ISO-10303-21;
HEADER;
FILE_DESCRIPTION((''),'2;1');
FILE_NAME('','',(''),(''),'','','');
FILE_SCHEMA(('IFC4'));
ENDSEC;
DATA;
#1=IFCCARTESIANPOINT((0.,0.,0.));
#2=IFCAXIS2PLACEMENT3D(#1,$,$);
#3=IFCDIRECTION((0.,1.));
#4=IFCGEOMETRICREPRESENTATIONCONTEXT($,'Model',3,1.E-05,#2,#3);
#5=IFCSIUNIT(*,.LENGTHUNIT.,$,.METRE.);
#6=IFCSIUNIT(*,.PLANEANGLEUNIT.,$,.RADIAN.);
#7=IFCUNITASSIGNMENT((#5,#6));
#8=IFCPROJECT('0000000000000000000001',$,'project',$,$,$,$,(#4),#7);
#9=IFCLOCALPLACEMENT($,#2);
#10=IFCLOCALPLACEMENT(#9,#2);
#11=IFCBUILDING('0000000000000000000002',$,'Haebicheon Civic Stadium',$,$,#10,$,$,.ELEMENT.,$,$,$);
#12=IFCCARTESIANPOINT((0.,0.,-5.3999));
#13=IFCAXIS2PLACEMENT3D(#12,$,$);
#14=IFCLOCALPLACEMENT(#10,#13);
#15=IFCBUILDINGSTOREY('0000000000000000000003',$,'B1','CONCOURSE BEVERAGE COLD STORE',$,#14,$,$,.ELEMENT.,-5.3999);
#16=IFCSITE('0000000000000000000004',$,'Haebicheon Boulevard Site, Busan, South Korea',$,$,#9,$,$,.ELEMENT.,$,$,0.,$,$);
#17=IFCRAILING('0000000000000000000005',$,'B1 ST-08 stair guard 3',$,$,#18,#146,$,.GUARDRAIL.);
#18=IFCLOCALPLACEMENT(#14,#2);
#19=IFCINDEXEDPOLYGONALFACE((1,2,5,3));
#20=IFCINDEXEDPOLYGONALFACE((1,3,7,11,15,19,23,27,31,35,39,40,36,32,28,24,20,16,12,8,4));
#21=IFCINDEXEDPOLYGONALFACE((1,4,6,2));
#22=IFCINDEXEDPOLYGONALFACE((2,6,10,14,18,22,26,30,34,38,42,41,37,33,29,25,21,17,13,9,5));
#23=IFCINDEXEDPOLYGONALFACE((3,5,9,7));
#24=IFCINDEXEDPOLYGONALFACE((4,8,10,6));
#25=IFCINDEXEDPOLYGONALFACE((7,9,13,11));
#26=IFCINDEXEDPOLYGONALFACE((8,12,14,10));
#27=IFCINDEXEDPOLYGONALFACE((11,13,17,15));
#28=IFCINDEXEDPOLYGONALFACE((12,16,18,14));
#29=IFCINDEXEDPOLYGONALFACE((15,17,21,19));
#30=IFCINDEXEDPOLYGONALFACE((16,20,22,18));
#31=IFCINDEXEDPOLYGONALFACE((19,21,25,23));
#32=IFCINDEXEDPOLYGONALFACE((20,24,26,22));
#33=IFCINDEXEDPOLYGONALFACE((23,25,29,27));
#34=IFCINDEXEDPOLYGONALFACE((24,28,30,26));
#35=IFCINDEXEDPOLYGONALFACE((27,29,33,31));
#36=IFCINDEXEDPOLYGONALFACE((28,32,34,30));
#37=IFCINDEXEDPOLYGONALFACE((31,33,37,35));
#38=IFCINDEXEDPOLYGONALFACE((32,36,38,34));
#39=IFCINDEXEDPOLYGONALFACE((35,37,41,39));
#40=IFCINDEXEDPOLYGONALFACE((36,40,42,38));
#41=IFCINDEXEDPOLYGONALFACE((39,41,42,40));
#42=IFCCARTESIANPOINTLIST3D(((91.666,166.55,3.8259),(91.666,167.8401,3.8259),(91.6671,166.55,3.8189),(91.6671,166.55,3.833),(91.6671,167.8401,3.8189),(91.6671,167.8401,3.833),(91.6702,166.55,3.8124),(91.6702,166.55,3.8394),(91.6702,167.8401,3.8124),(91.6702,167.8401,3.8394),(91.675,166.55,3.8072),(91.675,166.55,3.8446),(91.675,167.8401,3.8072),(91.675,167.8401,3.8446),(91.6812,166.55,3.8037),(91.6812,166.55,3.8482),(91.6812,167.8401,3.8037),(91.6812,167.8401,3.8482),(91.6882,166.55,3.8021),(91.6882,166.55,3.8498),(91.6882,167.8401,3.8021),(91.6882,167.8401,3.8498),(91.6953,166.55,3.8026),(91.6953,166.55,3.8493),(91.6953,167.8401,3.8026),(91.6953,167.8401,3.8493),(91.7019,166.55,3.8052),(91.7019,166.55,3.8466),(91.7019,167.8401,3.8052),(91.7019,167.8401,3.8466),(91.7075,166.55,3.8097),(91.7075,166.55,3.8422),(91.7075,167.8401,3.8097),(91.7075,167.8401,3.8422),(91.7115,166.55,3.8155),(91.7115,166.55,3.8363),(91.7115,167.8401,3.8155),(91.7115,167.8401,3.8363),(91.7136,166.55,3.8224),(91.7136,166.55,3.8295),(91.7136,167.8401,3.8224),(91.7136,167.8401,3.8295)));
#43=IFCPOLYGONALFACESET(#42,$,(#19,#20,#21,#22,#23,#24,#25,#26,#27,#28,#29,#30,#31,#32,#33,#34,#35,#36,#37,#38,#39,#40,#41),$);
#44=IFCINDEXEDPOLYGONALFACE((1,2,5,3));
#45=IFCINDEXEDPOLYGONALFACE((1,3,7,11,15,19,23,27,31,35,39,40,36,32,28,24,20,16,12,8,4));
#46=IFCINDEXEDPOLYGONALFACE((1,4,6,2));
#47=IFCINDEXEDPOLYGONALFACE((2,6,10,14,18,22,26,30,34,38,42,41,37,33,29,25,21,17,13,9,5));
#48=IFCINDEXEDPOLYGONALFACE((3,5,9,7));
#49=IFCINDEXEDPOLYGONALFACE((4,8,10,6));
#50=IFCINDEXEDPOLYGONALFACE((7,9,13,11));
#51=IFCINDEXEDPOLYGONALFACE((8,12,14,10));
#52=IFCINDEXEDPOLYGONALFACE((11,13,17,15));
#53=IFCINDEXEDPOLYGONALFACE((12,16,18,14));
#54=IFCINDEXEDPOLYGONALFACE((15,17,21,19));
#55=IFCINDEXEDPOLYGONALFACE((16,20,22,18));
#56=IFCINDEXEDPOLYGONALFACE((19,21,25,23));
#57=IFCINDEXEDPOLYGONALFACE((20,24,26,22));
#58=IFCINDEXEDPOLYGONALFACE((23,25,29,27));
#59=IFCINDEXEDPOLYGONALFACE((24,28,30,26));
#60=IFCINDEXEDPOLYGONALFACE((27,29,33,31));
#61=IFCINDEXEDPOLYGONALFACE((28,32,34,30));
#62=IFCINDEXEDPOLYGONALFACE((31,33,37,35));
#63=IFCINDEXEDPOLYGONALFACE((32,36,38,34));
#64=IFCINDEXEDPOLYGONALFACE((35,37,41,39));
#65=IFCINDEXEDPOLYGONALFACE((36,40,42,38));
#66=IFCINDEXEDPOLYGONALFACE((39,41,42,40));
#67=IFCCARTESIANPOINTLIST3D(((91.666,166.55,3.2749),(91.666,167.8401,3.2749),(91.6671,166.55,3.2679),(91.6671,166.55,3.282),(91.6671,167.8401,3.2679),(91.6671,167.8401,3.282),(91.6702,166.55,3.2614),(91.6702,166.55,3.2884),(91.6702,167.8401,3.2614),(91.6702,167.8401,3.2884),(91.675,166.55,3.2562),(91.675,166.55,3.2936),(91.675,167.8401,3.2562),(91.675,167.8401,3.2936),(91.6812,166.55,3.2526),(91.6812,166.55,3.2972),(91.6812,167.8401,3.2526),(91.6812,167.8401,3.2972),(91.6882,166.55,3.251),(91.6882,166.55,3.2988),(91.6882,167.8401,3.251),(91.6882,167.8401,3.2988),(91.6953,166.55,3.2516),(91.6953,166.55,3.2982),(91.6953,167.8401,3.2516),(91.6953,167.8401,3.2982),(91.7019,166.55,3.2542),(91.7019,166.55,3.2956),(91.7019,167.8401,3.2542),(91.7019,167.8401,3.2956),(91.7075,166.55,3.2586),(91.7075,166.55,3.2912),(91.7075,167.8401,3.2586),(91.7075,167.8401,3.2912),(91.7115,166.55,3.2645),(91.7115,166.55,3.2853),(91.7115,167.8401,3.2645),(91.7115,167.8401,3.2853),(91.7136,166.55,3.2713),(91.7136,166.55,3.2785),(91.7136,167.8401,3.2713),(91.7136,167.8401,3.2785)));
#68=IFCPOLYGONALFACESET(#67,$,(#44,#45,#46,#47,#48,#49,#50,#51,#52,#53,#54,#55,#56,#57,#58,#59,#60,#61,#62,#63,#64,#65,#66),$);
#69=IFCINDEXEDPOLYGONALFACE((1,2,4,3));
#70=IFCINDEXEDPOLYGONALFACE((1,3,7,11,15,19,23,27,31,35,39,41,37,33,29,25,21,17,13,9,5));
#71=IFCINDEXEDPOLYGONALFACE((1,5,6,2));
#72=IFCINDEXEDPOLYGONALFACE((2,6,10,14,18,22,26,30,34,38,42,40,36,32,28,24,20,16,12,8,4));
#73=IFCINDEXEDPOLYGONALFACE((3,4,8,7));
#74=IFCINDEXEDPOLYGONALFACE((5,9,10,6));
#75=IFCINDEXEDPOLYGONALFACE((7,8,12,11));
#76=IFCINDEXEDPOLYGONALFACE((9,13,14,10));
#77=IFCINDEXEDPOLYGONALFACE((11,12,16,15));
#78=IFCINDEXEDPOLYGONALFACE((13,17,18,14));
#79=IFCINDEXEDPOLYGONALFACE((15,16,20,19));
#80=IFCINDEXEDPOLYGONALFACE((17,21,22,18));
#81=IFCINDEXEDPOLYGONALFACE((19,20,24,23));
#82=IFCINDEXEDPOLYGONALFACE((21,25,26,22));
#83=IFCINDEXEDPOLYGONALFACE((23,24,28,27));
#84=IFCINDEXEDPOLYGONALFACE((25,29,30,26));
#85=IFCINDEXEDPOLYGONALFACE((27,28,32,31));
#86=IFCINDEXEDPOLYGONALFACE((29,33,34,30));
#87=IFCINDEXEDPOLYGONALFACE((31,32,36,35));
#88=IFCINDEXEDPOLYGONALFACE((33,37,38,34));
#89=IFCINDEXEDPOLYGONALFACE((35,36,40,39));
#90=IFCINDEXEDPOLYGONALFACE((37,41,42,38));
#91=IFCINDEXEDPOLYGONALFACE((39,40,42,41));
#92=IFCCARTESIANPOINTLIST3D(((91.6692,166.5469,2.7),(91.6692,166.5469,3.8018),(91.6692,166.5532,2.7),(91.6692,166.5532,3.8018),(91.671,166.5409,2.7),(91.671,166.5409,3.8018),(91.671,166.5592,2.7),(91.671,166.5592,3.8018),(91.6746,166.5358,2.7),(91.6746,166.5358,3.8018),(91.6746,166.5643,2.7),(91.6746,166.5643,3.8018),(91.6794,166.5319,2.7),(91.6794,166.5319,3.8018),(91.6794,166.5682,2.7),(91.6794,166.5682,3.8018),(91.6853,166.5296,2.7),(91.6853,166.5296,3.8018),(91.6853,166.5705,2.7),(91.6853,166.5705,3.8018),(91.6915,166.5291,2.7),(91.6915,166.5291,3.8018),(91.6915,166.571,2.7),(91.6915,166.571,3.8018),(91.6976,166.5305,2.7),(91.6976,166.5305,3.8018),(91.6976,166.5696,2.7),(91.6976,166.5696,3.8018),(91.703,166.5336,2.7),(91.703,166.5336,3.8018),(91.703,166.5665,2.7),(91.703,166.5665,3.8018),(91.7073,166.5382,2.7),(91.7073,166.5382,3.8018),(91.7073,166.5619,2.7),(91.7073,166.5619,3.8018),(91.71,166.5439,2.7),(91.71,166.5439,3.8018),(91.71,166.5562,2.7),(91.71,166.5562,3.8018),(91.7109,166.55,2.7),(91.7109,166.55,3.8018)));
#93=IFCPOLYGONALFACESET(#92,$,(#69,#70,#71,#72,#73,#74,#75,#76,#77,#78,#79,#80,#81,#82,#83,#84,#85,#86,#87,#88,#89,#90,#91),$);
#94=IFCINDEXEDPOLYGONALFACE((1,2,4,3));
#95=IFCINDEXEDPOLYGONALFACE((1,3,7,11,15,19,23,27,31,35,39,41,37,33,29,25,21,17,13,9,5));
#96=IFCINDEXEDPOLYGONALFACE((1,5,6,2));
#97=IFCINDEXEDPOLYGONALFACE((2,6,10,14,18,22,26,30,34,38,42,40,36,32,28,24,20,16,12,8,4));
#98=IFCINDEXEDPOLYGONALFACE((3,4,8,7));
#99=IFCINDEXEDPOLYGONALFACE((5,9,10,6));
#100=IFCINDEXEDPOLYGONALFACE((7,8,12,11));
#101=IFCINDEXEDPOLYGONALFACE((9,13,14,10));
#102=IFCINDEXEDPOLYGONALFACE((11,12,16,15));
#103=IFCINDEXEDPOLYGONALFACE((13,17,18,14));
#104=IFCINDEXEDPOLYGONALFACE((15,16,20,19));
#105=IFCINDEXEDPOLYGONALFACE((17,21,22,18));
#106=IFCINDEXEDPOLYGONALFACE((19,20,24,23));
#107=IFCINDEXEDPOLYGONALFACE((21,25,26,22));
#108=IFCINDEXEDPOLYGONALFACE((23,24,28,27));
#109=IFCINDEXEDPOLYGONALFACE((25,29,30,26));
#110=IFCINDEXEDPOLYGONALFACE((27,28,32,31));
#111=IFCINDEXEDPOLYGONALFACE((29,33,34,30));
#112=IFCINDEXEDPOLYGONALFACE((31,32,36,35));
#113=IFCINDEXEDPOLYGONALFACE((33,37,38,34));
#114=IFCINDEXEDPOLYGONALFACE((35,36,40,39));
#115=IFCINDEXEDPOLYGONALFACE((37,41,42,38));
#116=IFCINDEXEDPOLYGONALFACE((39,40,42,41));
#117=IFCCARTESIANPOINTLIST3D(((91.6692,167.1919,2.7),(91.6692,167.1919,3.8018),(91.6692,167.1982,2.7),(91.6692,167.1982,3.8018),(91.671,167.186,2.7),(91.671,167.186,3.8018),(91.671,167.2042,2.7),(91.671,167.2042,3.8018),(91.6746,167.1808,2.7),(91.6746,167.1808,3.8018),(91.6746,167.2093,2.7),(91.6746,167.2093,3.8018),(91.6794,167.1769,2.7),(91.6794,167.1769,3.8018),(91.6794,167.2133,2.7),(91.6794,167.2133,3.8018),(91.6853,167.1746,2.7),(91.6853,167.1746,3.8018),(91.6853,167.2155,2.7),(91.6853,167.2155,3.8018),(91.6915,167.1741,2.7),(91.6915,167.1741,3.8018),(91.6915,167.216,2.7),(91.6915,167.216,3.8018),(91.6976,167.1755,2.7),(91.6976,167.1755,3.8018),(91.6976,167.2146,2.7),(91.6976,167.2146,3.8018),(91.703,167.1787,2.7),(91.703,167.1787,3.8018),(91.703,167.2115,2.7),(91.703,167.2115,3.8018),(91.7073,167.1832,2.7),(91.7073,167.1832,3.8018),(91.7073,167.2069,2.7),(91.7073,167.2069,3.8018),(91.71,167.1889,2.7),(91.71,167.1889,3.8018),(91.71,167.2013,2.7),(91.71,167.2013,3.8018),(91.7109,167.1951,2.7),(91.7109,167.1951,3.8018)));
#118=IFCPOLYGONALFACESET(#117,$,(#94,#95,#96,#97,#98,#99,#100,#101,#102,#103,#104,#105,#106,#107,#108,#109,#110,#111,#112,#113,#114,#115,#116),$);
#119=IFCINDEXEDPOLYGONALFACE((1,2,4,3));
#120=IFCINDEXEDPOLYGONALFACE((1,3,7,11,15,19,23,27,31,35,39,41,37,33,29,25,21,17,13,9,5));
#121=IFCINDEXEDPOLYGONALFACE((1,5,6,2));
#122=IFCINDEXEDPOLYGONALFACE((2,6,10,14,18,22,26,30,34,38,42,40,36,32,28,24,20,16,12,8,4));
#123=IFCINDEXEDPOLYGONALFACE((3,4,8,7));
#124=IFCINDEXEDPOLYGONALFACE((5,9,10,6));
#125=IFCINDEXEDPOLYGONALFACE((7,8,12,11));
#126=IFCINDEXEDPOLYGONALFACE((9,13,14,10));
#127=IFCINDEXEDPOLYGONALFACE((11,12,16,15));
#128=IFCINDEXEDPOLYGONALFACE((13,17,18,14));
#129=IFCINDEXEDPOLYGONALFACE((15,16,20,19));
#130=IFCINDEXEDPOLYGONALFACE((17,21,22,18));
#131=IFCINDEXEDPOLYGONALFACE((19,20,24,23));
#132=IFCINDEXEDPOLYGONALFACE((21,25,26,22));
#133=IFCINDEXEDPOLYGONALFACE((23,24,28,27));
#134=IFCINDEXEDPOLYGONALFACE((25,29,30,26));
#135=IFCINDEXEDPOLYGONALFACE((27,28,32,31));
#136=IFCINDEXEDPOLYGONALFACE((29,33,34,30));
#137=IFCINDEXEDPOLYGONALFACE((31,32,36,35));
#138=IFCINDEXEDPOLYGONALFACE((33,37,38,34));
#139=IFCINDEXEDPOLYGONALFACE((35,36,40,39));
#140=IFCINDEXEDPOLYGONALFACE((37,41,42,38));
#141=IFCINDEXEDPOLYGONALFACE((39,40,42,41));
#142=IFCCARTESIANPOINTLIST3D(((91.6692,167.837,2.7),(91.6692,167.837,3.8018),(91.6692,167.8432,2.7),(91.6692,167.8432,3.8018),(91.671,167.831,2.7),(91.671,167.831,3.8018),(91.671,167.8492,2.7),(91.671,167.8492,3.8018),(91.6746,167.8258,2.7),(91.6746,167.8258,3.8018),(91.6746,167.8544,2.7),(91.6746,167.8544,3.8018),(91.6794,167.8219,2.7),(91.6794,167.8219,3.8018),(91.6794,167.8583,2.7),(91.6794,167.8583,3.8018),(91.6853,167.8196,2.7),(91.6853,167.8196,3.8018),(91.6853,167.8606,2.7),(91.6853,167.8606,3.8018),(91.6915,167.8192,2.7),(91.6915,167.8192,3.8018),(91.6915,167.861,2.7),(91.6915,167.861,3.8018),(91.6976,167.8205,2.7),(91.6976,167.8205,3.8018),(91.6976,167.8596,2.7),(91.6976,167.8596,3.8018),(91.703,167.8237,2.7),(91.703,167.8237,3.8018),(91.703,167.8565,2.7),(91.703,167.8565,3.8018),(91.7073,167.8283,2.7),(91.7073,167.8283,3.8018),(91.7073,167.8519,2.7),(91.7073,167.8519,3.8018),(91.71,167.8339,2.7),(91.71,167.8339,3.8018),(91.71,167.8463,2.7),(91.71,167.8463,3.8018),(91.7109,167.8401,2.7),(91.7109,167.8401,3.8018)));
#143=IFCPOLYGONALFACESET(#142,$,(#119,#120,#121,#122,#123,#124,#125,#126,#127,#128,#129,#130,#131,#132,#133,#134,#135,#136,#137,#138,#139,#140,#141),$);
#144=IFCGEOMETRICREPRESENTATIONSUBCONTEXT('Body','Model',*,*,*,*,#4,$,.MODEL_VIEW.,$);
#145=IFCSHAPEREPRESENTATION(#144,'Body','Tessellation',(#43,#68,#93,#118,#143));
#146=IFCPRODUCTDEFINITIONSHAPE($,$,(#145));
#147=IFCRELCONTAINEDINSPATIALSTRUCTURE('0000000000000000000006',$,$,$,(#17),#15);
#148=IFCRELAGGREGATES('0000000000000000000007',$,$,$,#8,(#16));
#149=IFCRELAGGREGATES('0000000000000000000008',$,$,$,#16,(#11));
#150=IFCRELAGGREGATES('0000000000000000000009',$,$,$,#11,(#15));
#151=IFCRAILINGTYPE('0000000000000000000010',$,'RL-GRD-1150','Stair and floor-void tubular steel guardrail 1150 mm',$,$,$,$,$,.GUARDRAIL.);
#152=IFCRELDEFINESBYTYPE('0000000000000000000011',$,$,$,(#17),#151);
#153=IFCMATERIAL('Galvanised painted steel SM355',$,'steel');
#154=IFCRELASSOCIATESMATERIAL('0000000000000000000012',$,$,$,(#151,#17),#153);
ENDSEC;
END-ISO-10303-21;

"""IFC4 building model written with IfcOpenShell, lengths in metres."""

from ifc_helpers import new_model, si_unit, direction, frame, origin, origin_2d, place, context, subcontext, project, spatial, circle, extrude, material, type_object, element, save


model = new_model("IFC4")

# Units and contexts
model_context = context("Model", 3, precision=1e-05, world=origin(), true_north=direction((0.0, 1.0)))
body_context = subcontext(model_context, "Body", "Model", "MODEL_VIEW")
ifc_project = project(units=[si_unit("LENGTHUNIT", "METRE"), si_unit("PLANEANGLEUNIT", "RADIAN")], contexts=[model_context])

# Site, building, storey
site_placement = place(None, origin())
site = spatial("IfcSite", under=ifc_project, at=site_placement, Name="Haebicheon Boulevard Site, Busan, South Korea", CompositionType="ELEMENT", RefElevation=0.0)
building_placement = place(site_placement, origin())
building = spatial("IfcBuilding", under=site, at=building_placement, Name="Haebicheon Civic Stadium", CompositionType="ELEMENT")
storey_placement = place(building_placement, frame((0.0, 0.0, -5.3999)))
storey = spatial("IfcBuildingStorey", under=building, at=storey_placement, Name="B1", Description="CONCOURSE BEVERAGE COLD STORE", CompositionType="ELEMENT", Elevation=-5.3999)

# Railing
ifc_material_1 = material(Name="Galvanised painted steel SM355", Category="steel")
railing_type_1 = type_object("IfcRailingType", Name="RL-GRD-1150", Description="Stair and floor-void tubular steel guardrail 1150 mm", PredefinedType="GUARDRAIL", material=ifc_material_1)
for number, where, name in (
    (1, (91.6899, 166.55, 2.7), "B1 ST-08 stair guard 3"),
):
    element("IfcRailing", number, at=place(storey_placement, frame(where)), inside=storey, type_object=railing_type_1, material=ifc_material_1, Name=name, PredefinedType="GUARDRAIL", context=body_context, shape_type="SweptSolid", body=[
        extrude(circle(Radius=0.0239, at=origin_2d()), frame((0.0, 0.0, 1.126), z_axis=(0.0, 1.0, 0.0), x_axis=(-1.0, 0.0, 0.0)), (0.0, 0.0, 1.0), 1.29),
        extrude(circle(Radius=0.0239, at=origin_2d()), frame((0.0, 0.0, 0.575), z_axis=(0.0, 1.0, 0.0), x_axis=(-1.0, 0.0, 0.0)), (0.0, 0.0, 1.0), 1.29),
        extrude(circle(Radius=0.021, at=origin_2d()), origin(), (0.0, 0.0, 1.0), 1.1018),
        extrude(circle(Radius=0.021, at=origin_2d()), frame((0.0, 0.645, 0.0)), (0.0, 0.0, 1.0), 1.1018),
        extrude(circle(Radius=0.021, at=origin_2d()), frame((0.0, 1.29, 0.0)), (0.0, 0.0, 1.0), 1.1018),
    ])

save(model, "model.ifc")
